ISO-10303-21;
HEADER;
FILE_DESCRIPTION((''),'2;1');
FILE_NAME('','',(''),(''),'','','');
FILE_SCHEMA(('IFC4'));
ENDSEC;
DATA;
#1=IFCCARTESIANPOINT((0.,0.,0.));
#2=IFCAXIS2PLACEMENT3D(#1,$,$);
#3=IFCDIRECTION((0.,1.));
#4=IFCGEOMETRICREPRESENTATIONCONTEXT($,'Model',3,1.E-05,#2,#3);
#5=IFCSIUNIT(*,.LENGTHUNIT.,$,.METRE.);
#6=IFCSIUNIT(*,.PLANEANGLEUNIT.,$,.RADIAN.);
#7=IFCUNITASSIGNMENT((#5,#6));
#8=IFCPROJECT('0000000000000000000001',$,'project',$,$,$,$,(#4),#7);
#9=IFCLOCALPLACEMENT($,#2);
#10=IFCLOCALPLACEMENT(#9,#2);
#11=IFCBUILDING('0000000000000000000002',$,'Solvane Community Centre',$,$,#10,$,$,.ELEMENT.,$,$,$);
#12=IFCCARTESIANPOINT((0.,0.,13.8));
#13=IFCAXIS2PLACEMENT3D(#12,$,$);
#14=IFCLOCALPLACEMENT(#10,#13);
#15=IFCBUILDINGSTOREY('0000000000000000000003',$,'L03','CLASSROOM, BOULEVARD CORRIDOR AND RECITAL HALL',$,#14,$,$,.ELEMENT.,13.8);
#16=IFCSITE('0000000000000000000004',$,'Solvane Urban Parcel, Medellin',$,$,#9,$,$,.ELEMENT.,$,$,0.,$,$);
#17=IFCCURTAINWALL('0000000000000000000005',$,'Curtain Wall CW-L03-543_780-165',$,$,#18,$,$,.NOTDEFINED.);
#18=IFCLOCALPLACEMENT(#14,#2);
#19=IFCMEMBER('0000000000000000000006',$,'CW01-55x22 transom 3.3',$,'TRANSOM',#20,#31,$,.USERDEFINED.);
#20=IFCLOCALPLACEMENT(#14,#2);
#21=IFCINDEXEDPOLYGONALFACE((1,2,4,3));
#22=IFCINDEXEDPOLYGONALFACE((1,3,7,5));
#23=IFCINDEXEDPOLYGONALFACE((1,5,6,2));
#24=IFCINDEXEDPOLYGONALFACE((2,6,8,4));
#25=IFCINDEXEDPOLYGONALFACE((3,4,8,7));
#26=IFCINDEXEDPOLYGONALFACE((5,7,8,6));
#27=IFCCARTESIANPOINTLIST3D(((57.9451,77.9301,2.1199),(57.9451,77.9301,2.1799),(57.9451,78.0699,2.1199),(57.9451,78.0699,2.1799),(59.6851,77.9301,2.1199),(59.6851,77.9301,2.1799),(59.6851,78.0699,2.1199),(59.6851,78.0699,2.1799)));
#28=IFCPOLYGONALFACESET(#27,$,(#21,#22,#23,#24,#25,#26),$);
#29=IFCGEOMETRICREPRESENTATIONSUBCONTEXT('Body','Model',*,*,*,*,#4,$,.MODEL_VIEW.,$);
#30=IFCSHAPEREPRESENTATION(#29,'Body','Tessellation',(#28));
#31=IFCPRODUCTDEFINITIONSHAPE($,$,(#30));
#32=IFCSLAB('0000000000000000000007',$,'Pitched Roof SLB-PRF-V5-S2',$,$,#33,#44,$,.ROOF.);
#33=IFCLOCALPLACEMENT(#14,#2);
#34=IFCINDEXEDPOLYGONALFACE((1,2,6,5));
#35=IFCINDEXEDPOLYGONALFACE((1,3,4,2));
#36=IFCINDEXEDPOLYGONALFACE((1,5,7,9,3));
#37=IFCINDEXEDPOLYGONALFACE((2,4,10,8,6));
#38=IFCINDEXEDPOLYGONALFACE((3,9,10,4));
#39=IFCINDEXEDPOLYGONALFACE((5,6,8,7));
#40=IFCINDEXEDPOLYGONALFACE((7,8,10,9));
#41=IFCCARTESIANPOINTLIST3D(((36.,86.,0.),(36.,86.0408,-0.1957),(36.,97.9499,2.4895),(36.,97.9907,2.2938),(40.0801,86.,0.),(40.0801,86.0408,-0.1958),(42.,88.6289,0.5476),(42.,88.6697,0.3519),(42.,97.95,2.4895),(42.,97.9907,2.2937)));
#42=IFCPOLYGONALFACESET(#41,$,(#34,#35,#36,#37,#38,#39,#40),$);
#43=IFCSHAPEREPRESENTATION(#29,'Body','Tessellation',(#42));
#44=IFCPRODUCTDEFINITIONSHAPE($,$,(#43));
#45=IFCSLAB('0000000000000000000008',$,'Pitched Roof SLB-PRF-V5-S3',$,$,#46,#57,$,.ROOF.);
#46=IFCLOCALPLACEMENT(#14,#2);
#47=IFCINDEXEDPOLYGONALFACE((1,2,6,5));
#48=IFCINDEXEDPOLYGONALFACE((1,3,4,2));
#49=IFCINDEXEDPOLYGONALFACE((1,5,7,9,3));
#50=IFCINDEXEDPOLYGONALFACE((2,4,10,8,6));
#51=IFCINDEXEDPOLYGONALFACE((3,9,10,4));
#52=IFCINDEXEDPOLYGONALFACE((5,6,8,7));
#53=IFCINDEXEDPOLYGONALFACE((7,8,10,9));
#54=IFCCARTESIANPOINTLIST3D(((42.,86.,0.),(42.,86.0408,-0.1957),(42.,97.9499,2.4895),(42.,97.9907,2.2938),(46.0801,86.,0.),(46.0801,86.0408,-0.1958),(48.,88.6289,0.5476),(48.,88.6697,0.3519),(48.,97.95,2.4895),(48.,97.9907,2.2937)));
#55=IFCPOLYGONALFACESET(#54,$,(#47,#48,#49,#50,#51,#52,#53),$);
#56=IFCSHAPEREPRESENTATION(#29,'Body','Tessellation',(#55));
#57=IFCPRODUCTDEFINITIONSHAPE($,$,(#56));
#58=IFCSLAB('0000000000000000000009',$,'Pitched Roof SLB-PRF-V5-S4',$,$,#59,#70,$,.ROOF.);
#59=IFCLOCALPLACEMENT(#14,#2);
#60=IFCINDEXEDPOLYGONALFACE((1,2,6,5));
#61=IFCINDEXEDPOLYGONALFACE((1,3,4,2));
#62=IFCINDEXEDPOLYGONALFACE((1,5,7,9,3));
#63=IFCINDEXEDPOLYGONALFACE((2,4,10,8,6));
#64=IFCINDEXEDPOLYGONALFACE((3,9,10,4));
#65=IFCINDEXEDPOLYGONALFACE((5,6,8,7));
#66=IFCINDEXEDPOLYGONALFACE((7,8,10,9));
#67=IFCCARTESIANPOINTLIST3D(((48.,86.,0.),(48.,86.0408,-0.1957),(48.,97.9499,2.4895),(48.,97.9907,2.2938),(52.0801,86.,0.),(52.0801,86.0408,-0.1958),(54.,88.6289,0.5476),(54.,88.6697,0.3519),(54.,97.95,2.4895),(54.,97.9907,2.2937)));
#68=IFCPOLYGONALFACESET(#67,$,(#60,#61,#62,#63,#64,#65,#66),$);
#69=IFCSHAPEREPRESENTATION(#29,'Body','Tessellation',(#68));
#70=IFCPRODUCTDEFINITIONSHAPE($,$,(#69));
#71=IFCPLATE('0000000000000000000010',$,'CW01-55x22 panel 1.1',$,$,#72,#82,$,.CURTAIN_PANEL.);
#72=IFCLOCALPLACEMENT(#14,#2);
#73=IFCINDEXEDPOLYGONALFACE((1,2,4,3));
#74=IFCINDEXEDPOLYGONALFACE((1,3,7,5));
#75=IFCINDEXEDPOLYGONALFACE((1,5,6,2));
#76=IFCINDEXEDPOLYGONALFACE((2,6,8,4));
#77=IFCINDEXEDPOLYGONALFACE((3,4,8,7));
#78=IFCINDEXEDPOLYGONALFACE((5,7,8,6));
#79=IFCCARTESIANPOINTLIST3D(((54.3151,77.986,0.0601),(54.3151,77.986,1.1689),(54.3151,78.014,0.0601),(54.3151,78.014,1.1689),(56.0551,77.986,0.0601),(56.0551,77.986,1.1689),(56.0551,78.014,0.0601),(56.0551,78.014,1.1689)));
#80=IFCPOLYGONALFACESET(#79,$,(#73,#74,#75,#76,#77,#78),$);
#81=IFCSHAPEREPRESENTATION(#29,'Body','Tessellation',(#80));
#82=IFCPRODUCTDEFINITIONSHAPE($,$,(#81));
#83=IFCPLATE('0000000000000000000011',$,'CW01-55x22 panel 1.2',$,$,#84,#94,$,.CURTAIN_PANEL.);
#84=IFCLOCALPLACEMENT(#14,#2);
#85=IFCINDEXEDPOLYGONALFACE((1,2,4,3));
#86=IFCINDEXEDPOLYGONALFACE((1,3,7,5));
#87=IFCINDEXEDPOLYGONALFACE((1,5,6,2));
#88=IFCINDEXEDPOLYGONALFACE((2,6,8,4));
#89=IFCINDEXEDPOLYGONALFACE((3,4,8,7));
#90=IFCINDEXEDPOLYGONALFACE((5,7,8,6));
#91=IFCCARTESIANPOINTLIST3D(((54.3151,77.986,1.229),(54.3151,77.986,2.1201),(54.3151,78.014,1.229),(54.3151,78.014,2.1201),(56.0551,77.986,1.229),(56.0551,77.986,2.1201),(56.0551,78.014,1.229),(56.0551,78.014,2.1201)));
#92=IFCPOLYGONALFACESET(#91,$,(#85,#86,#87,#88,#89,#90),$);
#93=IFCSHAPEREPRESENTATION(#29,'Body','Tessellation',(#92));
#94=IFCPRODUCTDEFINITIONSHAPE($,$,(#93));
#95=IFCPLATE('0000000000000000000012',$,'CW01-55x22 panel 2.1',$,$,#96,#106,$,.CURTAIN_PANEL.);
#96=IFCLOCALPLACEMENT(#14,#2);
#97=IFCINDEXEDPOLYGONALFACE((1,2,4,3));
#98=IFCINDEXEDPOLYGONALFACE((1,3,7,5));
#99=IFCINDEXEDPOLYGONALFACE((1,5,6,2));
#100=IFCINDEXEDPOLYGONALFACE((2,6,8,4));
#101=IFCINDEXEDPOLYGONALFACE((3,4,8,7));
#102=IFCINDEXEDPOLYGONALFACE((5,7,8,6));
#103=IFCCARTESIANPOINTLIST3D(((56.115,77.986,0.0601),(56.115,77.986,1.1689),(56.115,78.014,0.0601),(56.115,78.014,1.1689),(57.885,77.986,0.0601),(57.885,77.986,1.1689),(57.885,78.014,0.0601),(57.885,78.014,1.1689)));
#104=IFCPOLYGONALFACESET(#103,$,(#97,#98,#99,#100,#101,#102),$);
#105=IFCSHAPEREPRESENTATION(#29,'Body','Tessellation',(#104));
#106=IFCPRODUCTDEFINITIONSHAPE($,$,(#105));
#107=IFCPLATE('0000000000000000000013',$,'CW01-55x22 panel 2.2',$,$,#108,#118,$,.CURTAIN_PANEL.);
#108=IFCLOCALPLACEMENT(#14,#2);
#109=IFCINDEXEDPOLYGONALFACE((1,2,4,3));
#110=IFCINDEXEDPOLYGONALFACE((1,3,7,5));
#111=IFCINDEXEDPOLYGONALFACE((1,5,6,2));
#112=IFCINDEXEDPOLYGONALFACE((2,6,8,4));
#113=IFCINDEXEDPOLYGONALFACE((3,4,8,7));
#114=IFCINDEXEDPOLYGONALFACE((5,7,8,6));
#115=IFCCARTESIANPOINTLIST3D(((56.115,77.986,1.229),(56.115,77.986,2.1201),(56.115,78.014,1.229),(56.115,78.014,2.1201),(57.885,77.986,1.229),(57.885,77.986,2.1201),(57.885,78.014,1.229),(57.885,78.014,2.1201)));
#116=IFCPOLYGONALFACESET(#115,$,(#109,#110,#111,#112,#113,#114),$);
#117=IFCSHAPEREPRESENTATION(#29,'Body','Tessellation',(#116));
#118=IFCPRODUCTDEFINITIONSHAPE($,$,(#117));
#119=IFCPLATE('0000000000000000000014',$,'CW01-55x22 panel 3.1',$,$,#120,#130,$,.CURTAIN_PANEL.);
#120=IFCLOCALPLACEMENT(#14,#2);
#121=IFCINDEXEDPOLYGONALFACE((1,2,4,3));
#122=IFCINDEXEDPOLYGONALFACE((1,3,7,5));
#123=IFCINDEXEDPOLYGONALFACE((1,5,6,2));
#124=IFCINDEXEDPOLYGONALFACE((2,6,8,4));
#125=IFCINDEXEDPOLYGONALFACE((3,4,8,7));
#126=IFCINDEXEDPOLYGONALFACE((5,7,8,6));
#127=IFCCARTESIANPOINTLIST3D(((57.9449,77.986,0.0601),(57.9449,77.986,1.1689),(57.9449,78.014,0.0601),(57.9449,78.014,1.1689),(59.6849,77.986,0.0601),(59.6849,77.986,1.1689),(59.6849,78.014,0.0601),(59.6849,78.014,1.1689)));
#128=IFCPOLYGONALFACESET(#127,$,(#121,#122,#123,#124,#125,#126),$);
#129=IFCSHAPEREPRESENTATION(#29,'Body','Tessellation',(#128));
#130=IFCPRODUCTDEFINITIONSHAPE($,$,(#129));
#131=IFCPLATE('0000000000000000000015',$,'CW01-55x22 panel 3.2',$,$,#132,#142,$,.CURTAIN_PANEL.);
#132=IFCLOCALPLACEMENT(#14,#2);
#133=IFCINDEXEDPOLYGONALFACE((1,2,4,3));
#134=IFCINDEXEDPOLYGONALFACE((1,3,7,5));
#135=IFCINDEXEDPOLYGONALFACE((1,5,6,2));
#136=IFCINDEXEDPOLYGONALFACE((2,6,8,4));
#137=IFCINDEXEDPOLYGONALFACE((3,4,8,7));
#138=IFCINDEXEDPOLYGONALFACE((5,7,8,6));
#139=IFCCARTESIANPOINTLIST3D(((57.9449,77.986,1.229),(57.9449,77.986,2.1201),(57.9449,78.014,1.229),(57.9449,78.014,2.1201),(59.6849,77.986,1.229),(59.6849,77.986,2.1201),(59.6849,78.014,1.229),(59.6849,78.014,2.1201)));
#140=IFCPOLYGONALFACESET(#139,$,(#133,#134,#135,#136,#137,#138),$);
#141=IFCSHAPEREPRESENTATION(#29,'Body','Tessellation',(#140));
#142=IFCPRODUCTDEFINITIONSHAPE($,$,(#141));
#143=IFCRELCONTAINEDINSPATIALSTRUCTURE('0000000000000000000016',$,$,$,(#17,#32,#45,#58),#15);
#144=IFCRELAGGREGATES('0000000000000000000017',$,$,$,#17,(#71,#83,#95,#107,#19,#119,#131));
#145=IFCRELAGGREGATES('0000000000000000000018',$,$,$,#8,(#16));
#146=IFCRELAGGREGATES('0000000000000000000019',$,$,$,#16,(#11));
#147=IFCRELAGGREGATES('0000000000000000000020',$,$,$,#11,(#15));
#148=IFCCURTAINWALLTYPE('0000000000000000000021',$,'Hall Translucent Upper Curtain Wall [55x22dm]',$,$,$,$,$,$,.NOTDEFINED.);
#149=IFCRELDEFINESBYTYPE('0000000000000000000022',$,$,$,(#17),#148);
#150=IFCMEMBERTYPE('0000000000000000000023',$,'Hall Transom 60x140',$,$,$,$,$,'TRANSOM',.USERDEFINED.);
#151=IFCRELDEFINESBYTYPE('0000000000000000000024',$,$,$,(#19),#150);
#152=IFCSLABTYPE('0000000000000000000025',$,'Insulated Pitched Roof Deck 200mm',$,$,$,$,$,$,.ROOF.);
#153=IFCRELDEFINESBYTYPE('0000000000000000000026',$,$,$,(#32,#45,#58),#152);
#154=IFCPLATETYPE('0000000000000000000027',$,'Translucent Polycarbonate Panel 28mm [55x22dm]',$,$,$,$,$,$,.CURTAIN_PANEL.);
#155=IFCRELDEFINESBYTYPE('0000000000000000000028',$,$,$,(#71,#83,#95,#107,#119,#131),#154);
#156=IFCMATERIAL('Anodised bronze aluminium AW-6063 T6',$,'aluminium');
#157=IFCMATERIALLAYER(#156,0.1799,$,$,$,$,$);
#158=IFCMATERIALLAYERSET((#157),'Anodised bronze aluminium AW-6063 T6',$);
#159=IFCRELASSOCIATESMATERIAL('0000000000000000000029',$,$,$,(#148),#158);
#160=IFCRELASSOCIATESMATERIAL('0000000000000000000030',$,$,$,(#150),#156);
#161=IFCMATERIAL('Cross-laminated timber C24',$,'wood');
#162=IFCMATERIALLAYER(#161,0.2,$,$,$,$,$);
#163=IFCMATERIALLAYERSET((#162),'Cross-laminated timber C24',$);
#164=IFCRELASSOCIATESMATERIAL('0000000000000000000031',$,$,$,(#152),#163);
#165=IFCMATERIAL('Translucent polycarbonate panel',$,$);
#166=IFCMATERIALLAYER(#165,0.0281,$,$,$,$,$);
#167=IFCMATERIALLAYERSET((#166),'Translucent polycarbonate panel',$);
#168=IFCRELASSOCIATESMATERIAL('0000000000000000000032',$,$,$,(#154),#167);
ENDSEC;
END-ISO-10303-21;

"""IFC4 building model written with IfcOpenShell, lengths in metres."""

from ifc_helpers import new_model, si_unit, direction, frame, origin, origin_2d, place, context, subcontext, project, spatial, polyline, rectangle, outline, extrude, material, layer, layer_set, material_profile, profile_set, type_object, element, aggregate, save


model = new_model("IFC4")

# Units and contexts
model_context = context("Model", 3, precision=1e-05, world=origin(), true_north=direction((0.0, 1.0)))
body_context = subcontext(model_context, "Body", "Model", "MODEL_VIEW")
ifc_project = project(units=[si_unit("LENGTHUNIT", "METRE"), si_unit("PLANEANGLEUNIT", "RADIAN")], contexts=[model_context])

# Site, building, storey
site_placement = place(None, origin())
site = spatial("IfcSite", under=ifc_project, at=site_placement, Name="Solvane Urban Parcel, Medellin", CompositionType="ELEMENT", RefElevation=0.0)
building_placement = place(site_placement, origin())
building = spatial("IfcBuilding", under=site, at=building_placement, Name="Solvane Community Centre", CompositionType="ELEMENT")
storey_placement = place(building_placement, frame((0.0, 0.0, 13.8)))
storey = spatial("IfcBuildingStorey", under=building, at=storey_placement, Name="L03", Description="CLASSROOM, BOULEVARD CORRIDOR AND RECITAL HALL", CompositionType="ELEMENT", Elevation=13.8)

# Curtain wall, member
ifc_material_1 = material(Name="Anodised bronze aluminium AW-6063 T6", Category="aluminium")
ifc_layer_1 = layer(ifc_material_1, 0.1799)
ifc_layer_set_1 = layer_set([ifc_layer_1], Name="Anodised bronze aluminium AW-6063 T6")
curtain_wall_type = type_object("IfcCurtainWallType", Name="Hall Translucent Upper Curtain Wall [55x22dm]", PredefinedType="NOTDEFINED", material=ifc_layer_set_1)
curtain_wall_placement = place(storey_placement, origin())
curtain_wall = element("IfcCurtainWall", 1, at=curtain_wall_placement, inside=storey, type_object=curtain_wall_type, Name="Curtain Wall CW-L03-543_780-165", PredefinedType="NOTDEFINED")
ifc_material_profile_1 = material_profile(ifc_material_1, rectangle(XDim=0.1399, YDim=0.0601, at=origin_2d()), Name="CW-T 60x140")
ifc_profile_set_1 = profile_set([ifc_material_profile_1], Name="Anodised bronze aluminium AW-6063 T6")
member_type_1 = type_object("IfcMemberType", Name="Hall Transom 60x140", ElementType="TRANSOM", PredefinedType="USERDEFINED", material=ifc_profile_set_1)
member_1_placement = place(storey_placement, frame((57.9451, 78.0, 2.1499), z_axis=(1.0, 0.0, 0.0), x_axis=(0.0, 1.0, 0.0)))
member_1 = element("IfcMember", 2, at=member_1_placement, type_object=member_type_1, Name="CW01-55x22 transom 3.3", ObjectType="TRANSOM", PredefinedType="USERDEFINED", context=body_context, shape_type="SweptSolid", body=[
    extrude(rectangle(XDim=0.1399, YDim=0.0601, at=origin_2d()), origin(), (0.0, 0.0, 1.0), 1.74),
])

# Slabs
ifc_material_2 = material(Name="Cross-laminated timber C24", Category="wood")
ifc_layer_2 = layer(ifc_material_2, 0.2)
ifc_layer_set_2 = layer_set([ifc_layer_2], Name="Cross-laminated timber C24")
slab_type = type_object("IfcSlabType", Name="Insulated Pitched Roof Deck 200mm", PredefinedType="ROOF", material=ifc_layer_set_2)
for number, where, z_axis, x_axis, name in (
    (3, (36.0, 86.0, 0.0), (0.000006, -0.20395, 0.978981), (1.0, 0.000001, -0.000005), "Pitched Roof SLB-PRF-V5-S2"),
    (4, (42.0, 86.0, 0.0), (0.000006, -0.20395, 0.978981), (1.0, 0.000001, -0.000005), "Pitched Roof SLB-PRF-V5-S3"),
    (5, (48.0, 86.0, 0.0), (0.000006, -0.20395, 0.978981), (1.0, 0.000001, -0.000005), "Pitched Roof SLB-PRF-V5-S4"),
):
    element("IfcSlab", number, at=place(storey_placement, frame(where, z_axis=z_axis, x_axis=x_axis)), inside=storey, type_object=slab_type, Name=name, PredefinedType="ROOF", context=body_context, shape_type="SweptSolid", body=[
        extrude(outline(polyline([(0.0, 0.0), (4.0801, 0.0), (6.0, 2.6853), (6.0, 12.2065), (0.0, 12.2065), (0.0, 0.0)])), origin(), (0.0, 0.0, -1.0), 0.2),
    ])

# Plates
ifc_material_3 = material(Name="Translucent polycarbonate panel")
ifc_layer_3 = layer(ifc_material_3, 0.0281)
ifc_layer_set_3 = layer_set([ifc_layer_3], Name="Translucent polycarbonate panel")
plate_type = type_object("IfcPlateType", Name="Translucent Polycarbonate Panel 28mm [55x22dm]", PredefinedType="CURTAIN_PANEL", material=ifc_layer_set_3)
plate_1_placement = place(storey_placement, frame((55.1851, 78.0, 0.0601), z_axis=(0.0, 0.0, 1.0), x_axis=(1.0, 0.0, 0.0)))
plate_1 = element("IfcPlate", 6, at=plate_1_placement, type_object=plate_type, Name="CW01-55x22 panel 1.1", PredefinedType="CURTAIN_PANEL", context=body_context, shape_type="SweptSolid", body=[
    extrude(rectangle(XDim=1.74, YDim=0.0281, at=origin_2d()), origin(), (0.0, 0.0, 1.0), 1.1089),
])
plate_2_placement = place(storey_placement, frame((55.1851, 78.0, 1.229), z_axis=(0.0, 0.0, 1.0), x_axis=(1.0, 0.0, 0.0)))
plate_2 = element("IfcPlate", 7, at=plate_2_placement, type_object=plate_type, Name="CW01-55x22 panel 1.2", PredefinedType="CURTAIN_PANEL", context=body_context, shape_type="SweptSolid", body=[
    extrude(rectangle(XDim=1.74, YDim=0.0281, at=origin_2d()), origin(), (0.0, 0.0, 1.0), 0.8911),
])
plate_3_placement = place(storey_placement, frame((57.0, 78.0, 0.0601), z_axis=(0.0, 0.0, 1.0), x_axis=(1.0, 0.0, 0.0)))
plate_3 = element("IfcPlate", 8, at=plate_3_placement, type_object=plate_type, Name="CW01-55x22 panel 2.1", PredefinedType="CURTAIN_PANEL", context=body_context, shape_type="SweptSolid", body=[
    extrude(rectangle(XDim=1.77, YDim=0.0281, at=origin_2d()), origin(), (0.0, 0.0, 1.0), 1.1089),
])
plate_4_placement = place(storey_placement, frame((57.0, 78.0, 1.229), z_axis=(0.0, 0.0, 1.0), x_axis=(1.0, 0.0, 0.0)))
plate_4 = element("IfcPlate", 9, at=plate_4_placement, type_object=plate_type, Name="CW01-55x22 panel 2.2", PredefinedType="CURTAIN_PANEL", context=body_context, shape_type="SweptSolid", body=[
    extrude(rectangle(XDim=1.77, YDim=0.0281, at=origin_2d()), origin(), (0.0, 0.0, 1.0), 0.8911),
])
plate_5_placement = place(storey_placement, frame((58.8149, 78.0, 0.0601), z_axis=(0.0, 0.0, 1.0), x_axis=(1.0, 0.0, 0.0)))
plate_5 = element("IfcPlate", 10, at=plate_5_placement, type_object=plate_type, Name="CW01-55x22 panel 3.1", PredefinedType="CURTAIN_PANEL", context=body_context, shape_type="SweptSolid", body=[
    extrude(rectangle(XDim=1.74, YDim=0.0281, at=origin_2d()), origin(), (0.0, 0.0, 1.0), 1.1089),
])
plate_6_placement = place(storey_placement, frame((58.8149, 78.0, 1.229), z_axis=(0.0, 0.0, 1.0), x_axis=(1.0, 0.0, 0.0)))
plate_6 = element("IfcPlate", 11, at=plate_6_placement, type_object=plate_type, Name="CW01-55x22 panel 3.2", PredefinedType="CURTAIN_PANEL", context=body_context, shape_type="SweptSolid", body=[
    extrude(rectangle(XDim=1.74, YDim=0.0281, at=origin_2d()), origin(), (0.0, 0.0, 1.0), 0.8911),
])
aggregate(curtain_wall, [plate_1, plate_2, plate_3, plate_4, member_1, plate_5, plate_6])

save(model, "model.ifc")
